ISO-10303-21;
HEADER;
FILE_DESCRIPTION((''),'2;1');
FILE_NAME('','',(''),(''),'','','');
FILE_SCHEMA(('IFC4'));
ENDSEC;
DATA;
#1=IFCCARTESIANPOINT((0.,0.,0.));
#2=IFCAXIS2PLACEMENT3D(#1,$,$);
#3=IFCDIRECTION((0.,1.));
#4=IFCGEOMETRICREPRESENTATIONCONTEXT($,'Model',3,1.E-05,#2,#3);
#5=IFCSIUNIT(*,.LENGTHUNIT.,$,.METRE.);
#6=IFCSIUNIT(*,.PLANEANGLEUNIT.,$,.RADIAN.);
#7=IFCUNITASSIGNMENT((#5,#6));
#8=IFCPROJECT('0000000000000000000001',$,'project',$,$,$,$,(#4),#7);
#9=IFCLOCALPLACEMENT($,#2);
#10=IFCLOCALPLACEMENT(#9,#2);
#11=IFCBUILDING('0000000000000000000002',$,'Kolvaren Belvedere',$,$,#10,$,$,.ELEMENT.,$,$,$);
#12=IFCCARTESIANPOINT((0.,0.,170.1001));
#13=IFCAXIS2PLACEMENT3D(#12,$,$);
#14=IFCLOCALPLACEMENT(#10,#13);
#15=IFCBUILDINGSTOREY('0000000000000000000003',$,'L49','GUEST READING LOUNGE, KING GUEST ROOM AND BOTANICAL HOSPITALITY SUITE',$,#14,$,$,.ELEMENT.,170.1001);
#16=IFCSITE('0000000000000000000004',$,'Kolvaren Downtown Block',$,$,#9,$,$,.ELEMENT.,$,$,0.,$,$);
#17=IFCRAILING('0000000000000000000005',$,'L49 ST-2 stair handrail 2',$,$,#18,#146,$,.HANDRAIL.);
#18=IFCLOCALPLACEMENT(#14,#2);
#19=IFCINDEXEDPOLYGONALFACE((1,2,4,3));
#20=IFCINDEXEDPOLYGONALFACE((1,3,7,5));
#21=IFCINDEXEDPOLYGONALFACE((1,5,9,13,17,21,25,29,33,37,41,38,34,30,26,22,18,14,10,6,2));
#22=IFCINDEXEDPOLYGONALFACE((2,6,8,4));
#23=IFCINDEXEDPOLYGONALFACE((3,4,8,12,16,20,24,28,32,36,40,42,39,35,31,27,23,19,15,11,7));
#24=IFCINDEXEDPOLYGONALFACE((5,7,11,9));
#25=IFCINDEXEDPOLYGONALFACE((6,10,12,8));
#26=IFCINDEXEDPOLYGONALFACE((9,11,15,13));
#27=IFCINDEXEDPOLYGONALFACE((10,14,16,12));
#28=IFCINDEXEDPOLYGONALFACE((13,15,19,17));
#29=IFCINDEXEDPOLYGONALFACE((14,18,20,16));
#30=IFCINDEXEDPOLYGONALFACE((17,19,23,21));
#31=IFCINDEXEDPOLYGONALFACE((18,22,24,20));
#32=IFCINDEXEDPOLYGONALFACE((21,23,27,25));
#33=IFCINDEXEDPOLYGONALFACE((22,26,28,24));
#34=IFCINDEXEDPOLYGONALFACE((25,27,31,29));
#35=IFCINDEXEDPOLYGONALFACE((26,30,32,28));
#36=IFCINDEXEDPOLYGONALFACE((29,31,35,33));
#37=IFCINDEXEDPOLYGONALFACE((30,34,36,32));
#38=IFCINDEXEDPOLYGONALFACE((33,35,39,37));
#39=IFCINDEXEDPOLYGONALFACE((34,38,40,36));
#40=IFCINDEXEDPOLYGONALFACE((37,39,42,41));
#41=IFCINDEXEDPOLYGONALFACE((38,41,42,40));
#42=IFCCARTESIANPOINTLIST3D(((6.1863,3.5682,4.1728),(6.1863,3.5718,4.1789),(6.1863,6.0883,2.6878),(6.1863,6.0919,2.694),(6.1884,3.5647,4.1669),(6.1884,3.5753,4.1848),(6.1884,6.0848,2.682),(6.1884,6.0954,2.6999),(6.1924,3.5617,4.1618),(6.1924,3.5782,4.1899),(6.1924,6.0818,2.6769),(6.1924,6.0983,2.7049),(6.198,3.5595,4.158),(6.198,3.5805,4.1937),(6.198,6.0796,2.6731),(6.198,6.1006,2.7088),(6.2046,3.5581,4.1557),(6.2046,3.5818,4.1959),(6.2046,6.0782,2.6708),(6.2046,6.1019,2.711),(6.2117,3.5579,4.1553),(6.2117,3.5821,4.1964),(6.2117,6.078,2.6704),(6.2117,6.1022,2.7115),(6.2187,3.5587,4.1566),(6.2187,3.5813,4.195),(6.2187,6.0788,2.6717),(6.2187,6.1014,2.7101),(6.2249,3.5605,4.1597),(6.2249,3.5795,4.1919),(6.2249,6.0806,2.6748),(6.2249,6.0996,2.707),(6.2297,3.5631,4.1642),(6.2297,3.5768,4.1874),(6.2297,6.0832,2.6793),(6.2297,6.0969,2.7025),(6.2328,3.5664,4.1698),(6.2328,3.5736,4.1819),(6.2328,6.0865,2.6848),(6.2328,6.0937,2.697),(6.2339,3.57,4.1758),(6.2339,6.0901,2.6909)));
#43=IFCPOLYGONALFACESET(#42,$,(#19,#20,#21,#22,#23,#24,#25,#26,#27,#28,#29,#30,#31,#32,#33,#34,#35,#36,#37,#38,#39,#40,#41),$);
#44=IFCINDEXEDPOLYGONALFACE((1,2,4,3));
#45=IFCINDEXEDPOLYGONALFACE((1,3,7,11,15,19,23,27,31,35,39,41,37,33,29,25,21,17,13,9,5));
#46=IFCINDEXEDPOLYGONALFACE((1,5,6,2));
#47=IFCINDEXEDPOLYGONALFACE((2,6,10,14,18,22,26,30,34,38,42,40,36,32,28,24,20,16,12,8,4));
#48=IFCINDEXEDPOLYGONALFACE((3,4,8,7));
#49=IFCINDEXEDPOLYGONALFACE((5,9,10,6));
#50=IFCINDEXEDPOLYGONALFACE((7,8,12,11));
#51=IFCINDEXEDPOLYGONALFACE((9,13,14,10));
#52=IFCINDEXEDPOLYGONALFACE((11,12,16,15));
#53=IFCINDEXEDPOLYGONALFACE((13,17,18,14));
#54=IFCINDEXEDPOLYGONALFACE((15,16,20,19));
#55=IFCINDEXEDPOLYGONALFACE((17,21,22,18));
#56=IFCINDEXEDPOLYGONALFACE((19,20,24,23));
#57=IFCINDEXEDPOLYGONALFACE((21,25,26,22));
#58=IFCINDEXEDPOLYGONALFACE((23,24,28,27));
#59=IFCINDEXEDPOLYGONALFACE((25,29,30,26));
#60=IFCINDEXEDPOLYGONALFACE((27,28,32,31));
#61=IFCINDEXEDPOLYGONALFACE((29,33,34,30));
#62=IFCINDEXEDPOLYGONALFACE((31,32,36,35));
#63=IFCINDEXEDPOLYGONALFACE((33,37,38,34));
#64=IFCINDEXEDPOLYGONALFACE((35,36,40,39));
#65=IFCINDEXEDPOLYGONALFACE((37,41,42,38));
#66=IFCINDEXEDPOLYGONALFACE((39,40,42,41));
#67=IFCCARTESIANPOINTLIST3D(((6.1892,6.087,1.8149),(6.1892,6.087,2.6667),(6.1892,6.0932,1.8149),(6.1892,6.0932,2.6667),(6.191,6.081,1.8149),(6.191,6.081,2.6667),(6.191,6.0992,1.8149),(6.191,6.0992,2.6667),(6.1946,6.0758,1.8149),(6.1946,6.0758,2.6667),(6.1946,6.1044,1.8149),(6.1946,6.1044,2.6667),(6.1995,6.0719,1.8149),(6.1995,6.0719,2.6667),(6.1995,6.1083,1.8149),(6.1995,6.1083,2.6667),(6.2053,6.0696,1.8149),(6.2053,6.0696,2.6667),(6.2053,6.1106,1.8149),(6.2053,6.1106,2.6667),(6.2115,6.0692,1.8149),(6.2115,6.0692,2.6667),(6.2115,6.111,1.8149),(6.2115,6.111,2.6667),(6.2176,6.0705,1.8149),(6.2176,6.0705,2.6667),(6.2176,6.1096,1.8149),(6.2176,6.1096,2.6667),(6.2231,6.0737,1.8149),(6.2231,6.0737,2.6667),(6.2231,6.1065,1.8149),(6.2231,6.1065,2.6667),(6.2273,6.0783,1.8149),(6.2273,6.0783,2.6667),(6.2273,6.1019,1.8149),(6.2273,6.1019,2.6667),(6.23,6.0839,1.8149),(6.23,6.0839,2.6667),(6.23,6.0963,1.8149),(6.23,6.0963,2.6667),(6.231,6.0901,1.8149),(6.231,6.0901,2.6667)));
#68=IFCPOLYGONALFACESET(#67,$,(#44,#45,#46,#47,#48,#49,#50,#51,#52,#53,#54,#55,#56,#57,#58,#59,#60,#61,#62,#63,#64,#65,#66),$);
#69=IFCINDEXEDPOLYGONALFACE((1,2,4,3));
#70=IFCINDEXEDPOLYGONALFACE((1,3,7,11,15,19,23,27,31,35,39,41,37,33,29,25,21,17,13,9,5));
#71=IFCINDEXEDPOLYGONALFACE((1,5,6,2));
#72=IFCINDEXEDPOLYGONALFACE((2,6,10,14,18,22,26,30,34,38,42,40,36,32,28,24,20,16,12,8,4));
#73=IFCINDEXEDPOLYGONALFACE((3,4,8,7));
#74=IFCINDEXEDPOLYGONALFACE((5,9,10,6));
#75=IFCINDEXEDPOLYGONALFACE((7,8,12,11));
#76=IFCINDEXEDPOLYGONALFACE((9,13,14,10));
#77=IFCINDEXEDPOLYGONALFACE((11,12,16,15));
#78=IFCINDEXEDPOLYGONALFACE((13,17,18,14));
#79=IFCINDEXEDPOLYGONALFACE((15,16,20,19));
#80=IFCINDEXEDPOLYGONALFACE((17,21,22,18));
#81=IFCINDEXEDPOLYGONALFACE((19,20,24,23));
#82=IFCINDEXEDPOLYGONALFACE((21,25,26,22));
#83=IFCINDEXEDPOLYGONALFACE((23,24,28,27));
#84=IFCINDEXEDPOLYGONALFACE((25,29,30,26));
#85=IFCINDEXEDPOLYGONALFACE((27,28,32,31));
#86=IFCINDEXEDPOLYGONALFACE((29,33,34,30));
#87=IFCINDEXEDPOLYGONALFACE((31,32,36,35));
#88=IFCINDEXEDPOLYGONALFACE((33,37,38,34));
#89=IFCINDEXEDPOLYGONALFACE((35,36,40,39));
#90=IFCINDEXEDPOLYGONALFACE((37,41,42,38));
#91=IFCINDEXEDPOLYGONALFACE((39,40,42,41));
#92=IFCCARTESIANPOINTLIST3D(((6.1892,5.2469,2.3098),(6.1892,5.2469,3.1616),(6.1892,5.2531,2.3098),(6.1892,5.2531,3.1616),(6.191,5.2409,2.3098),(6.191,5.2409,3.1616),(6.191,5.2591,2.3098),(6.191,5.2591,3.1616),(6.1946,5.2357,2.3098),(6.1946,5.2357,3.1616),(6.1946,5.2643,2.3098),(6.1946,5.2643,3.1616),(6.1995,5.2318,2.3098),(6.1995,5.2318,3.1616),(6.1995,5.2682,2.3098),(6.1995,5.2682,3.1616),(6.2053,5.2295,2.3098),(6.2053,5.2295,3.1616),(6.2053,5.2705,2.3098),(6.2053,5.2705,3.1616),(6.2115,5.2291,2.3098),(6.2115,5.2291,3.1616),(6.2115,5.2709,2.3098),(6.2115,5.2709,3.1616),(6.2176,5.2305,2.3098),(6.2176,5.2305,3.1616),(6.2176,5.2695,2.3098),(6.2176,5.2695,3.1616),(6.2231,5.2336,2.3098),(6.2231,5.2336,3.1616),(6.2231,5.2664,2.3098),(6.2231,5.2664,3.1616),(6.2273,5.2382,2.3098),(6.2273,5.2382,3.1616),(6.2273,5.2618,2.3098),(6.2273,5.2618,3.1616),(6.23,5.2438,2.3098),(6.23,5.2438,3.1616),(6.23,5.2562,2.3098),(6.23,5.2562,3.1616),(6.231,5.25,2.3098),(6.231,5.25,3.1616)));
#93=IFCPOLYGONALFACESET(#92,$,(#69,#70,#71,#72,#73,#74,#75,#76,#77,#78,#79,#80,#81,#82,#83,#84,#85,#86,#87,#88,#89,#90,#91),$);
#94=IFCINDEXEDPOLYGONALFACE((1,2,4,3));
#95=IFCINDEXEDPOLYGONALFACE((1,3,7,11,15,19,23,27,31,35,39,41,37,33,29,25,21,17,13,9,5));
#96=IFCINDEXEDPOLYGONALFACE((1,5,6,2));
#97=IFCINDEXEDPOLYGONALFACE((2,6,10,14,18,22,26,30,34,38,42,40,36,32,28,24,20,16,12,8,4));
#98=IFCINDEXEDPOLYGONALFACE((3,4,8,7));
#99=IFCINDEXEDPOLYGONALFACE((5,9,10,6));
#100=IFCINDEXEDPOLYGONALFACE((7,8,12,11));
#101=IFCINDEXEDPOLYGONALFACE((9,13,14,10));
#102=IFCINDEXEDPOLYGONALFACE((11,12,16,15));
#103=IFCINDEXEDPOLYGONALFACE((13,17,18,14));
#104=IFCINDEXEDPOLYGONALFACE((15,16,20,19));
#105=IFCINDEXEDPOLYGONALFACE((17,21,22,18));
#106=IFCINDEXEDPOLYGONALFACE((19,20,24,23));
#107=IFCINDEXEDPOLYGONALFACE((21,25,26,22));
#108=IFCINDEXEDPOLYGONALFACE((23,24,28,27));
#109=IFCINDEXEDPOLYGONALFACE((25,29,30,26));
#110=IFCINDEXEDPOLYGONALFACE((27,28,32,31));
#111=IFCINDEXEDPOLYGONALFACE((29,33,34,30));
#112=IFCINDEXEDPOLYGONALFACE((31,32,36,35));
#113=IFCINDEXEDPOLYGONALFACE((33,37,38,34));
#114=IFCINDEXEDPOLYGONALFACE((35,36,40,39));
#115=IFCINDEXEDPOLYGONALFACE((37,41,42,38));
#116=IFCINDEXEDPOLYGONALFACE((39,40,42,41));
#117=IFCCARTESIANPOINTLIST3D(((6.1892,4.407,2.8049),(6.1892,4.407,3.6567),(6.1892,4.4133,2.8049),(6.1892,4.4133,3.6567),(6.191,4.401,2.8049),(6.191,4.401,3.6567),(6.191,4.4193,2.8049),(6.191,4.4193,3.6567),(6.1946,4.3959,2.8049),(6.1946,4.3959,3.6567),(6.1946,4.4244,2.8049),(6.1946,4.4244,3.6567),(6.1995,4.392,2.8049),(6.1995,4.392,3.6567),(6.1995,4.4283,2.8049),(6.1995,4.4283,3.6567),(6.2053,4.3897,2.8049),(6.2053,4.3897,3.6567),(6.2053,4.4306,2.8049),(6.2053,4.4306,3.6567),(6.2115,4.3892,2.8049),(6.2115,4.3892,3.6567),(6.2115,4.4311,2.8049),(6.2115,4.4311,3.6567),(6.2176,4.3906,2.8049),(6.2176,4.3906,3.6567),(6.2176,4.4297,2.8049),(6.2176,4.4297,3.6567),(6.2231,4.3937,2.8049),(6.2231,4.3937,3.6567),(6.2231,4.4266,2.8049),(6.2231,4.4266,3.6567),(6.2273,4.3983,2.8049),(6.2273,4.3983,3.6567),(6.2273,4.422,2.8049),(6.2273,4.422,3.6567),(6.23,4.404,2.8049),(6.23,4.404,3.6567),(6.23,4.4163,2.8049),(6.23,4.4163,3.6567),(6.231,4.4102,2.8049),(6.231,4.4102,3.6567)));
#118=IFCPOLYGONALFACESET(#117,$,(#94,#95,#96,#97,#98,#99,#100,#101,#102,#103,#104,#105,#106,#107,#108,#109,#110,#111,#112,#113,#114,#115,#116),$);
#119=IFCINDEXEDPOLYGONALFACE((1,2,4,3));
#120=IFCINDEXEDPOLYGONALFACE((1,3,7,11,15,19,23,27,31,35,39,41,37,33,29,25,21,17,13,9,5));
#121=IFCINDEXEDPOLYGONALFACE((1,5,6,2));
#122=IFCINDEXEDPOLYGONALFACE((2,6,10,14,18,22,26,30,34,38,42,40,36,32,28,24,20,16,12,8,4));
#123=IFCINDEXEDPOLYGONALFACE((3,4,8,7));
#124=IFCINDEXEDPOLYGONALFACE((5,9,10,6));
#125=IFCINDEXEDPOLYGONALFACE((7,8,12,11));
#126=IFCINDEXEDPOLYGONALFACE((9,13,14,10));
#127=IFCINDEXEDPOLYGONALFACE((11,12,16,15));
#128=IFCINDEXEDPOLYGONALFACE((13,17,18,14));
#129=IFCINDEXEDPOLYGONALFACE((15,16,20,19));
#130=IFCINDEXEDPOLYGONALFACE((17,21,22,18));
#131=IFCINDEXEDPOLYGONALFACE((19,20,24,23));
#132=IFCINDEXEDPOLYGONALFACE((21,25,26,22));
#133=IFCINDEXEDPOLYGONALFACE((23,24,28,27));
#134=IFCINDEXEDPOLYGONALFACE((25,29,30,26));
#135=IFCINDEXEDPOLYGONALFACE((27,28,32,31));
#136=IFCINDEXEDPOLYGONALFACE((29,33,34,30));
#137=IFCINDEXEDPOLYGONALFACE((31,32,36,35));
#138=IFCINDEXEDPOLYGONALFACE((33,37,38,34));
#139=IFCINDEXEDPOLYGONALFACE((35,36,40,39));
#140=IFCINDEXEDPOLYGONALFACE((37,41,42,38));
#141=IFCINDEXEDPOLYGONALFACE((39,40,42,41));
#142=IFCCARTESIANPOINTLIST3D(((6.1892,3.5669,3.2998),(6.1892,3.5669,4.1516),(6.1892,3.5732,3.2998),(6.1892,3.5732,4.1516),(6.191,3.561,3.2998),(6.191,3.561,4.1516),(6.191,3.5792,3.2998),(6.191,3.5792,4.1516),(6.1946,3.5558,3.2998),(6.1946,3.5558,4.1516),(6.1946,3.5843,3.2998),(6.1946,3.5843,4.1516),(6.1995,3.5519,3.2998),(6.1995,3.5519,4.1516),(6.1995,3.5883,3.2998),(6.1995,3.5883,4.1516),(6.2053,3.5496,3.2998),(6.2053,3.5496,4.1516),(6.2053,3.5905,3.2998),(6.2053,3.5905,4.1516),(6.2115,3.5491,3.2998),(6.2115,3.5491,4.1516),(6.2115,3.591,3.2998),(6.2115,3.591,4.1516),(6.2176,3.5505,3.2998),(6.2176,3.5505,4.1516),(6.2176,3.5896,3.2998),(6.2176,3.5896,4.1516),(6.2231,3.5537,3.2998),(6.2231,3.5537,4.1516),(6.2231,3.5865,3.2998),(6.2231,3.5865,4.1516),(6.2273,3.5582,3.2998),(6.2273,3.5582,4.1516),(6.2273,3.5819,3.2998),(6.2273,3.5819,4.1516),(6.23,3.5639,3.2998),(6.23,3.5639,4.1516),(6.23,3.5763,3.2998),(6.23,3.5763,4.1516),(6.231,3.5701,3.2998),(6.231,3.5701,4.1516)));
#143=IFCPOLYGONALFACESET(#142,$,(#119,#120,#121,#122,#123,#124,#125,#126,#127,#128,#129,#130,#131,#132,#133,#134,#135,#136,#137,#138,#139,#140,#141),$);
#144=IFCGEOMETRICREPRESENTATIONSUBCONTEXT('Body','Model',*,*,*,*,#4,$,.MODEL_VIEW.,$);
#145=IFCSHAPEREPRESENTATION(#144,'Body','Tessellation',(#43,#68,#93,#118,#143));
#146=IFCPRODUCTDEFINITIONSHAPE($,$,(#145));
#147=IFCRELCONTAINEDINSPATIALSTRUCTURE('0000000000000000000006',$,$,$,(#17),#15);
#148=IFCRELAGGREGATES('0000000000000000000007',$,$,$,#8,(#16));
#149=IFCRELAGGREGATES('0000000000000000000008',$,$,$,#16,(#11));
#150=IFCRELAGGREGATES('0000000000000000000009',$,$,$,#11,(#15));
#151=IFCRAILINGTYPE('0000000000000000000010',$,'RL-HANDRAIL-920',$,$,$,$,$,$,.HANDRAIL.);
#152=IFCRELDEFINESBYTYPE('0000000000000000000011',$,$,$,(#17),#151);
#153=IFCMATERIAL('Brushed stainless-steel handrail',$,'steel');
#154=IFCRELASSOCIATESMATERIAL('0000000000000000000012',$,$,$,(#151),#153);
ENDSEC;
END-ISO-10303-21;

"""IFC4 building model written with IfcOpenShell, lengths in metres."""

from ifc_helpers import new_model, si_unit, direction, frame, origin, origin_2d, place, context, subcontext, project, spatial, circle, extrude, material, type_object, element, save


model = new_model("IFC4")

# Units and contexts
model_context = context("Model", 3, precision=1e-05, world=origin(), true_north=direction((0.0, 1.0)))
body_context = subcontext(model_context, "Body", "Model", "MODEL_VIEW")
ifc_project = project(units=[si_unit("LENGTHUNIT", "METRE"), si_unit("PLANEANGLEUNIT", "RADIAN")], contexts=[model_context])

# Site, building, storey
site_placement = place(None, origin())
site = spatial("IfcSite", under=ifc_project, at=site_placement, Name="Kolvaren Downtown Block", CompositionType="ELEMENT", RefElevation=0.0)
building_placement = place(site_placement, origin())
building = spatial("IfcBuilding", under=site, at=building_placement, Name="Kolvaren Belvedere", CompositionType="ELEMENT")
storey_placement = place(building_placement, frame((0.0, 0.0, 170.1001)))
storey = spatial("IfcBuildingStorey", under=building, at=storey_placement, Name="L49", Description="GUEST READING LOUNGE, KING GUEST ROOM AND BOTANICAL HOSPITALITY SUITE", CompositionType="ELEMENT", Elevation=170.1001)

# Railing
ifc_material_1 = material(Name="Brushed stainless-steel handrail", Category="steel")
railing_type_1 = type_object("IfcRailingType", Name="RL-HANDRAIL-920", PredefinedType="HANDRAIL", material=ifc_material_1)
railing_1_placement = place(storey_placement, frame((6.21, 6.0901, 1.8149)))
element("IfcRailing", 1, at=railing_1_placement, inside=storey, type_object=railing_type_1, Name="L49 ST-2 stair handrail 2", PredefinedType="HANDRAIL", context=body_context, shape_type="SweptSolid", body=[
    extrude(circle(Radius=0.0239, at=origin_2d()), frame((0.0, 0.0, 0.876), z_axis=(0.0, -0.861561, 0.507655), x_axis=(1.0, 0.0, 0.0)), (0.0, 0.0, 1.0), 2.925),
    extrude(circle(Radius=0.021, at=origin_2d()), origin(), (0.0, 0.0, 1.0), 0.8518),
    extrude(circle(Radius=0.021, at=origin_2d()), frame((0.0, -0.8401, 0.4949)), (0.0, 0.0, 1.0), 0.8518),
    extrude(circle(Radius=0.021, at=origin_2d()), frame((0.0, -1.6799, 0.99)), (0.0, 0.0, 1.0), 0.8518),
    extrude(circle(Radius=0.021, at=origin_2d()), frame((0.0, -2.52, 1.4849)), (0.0, 0.0, 1.0), 0.8518),
])

save(model, "model.ifc")
